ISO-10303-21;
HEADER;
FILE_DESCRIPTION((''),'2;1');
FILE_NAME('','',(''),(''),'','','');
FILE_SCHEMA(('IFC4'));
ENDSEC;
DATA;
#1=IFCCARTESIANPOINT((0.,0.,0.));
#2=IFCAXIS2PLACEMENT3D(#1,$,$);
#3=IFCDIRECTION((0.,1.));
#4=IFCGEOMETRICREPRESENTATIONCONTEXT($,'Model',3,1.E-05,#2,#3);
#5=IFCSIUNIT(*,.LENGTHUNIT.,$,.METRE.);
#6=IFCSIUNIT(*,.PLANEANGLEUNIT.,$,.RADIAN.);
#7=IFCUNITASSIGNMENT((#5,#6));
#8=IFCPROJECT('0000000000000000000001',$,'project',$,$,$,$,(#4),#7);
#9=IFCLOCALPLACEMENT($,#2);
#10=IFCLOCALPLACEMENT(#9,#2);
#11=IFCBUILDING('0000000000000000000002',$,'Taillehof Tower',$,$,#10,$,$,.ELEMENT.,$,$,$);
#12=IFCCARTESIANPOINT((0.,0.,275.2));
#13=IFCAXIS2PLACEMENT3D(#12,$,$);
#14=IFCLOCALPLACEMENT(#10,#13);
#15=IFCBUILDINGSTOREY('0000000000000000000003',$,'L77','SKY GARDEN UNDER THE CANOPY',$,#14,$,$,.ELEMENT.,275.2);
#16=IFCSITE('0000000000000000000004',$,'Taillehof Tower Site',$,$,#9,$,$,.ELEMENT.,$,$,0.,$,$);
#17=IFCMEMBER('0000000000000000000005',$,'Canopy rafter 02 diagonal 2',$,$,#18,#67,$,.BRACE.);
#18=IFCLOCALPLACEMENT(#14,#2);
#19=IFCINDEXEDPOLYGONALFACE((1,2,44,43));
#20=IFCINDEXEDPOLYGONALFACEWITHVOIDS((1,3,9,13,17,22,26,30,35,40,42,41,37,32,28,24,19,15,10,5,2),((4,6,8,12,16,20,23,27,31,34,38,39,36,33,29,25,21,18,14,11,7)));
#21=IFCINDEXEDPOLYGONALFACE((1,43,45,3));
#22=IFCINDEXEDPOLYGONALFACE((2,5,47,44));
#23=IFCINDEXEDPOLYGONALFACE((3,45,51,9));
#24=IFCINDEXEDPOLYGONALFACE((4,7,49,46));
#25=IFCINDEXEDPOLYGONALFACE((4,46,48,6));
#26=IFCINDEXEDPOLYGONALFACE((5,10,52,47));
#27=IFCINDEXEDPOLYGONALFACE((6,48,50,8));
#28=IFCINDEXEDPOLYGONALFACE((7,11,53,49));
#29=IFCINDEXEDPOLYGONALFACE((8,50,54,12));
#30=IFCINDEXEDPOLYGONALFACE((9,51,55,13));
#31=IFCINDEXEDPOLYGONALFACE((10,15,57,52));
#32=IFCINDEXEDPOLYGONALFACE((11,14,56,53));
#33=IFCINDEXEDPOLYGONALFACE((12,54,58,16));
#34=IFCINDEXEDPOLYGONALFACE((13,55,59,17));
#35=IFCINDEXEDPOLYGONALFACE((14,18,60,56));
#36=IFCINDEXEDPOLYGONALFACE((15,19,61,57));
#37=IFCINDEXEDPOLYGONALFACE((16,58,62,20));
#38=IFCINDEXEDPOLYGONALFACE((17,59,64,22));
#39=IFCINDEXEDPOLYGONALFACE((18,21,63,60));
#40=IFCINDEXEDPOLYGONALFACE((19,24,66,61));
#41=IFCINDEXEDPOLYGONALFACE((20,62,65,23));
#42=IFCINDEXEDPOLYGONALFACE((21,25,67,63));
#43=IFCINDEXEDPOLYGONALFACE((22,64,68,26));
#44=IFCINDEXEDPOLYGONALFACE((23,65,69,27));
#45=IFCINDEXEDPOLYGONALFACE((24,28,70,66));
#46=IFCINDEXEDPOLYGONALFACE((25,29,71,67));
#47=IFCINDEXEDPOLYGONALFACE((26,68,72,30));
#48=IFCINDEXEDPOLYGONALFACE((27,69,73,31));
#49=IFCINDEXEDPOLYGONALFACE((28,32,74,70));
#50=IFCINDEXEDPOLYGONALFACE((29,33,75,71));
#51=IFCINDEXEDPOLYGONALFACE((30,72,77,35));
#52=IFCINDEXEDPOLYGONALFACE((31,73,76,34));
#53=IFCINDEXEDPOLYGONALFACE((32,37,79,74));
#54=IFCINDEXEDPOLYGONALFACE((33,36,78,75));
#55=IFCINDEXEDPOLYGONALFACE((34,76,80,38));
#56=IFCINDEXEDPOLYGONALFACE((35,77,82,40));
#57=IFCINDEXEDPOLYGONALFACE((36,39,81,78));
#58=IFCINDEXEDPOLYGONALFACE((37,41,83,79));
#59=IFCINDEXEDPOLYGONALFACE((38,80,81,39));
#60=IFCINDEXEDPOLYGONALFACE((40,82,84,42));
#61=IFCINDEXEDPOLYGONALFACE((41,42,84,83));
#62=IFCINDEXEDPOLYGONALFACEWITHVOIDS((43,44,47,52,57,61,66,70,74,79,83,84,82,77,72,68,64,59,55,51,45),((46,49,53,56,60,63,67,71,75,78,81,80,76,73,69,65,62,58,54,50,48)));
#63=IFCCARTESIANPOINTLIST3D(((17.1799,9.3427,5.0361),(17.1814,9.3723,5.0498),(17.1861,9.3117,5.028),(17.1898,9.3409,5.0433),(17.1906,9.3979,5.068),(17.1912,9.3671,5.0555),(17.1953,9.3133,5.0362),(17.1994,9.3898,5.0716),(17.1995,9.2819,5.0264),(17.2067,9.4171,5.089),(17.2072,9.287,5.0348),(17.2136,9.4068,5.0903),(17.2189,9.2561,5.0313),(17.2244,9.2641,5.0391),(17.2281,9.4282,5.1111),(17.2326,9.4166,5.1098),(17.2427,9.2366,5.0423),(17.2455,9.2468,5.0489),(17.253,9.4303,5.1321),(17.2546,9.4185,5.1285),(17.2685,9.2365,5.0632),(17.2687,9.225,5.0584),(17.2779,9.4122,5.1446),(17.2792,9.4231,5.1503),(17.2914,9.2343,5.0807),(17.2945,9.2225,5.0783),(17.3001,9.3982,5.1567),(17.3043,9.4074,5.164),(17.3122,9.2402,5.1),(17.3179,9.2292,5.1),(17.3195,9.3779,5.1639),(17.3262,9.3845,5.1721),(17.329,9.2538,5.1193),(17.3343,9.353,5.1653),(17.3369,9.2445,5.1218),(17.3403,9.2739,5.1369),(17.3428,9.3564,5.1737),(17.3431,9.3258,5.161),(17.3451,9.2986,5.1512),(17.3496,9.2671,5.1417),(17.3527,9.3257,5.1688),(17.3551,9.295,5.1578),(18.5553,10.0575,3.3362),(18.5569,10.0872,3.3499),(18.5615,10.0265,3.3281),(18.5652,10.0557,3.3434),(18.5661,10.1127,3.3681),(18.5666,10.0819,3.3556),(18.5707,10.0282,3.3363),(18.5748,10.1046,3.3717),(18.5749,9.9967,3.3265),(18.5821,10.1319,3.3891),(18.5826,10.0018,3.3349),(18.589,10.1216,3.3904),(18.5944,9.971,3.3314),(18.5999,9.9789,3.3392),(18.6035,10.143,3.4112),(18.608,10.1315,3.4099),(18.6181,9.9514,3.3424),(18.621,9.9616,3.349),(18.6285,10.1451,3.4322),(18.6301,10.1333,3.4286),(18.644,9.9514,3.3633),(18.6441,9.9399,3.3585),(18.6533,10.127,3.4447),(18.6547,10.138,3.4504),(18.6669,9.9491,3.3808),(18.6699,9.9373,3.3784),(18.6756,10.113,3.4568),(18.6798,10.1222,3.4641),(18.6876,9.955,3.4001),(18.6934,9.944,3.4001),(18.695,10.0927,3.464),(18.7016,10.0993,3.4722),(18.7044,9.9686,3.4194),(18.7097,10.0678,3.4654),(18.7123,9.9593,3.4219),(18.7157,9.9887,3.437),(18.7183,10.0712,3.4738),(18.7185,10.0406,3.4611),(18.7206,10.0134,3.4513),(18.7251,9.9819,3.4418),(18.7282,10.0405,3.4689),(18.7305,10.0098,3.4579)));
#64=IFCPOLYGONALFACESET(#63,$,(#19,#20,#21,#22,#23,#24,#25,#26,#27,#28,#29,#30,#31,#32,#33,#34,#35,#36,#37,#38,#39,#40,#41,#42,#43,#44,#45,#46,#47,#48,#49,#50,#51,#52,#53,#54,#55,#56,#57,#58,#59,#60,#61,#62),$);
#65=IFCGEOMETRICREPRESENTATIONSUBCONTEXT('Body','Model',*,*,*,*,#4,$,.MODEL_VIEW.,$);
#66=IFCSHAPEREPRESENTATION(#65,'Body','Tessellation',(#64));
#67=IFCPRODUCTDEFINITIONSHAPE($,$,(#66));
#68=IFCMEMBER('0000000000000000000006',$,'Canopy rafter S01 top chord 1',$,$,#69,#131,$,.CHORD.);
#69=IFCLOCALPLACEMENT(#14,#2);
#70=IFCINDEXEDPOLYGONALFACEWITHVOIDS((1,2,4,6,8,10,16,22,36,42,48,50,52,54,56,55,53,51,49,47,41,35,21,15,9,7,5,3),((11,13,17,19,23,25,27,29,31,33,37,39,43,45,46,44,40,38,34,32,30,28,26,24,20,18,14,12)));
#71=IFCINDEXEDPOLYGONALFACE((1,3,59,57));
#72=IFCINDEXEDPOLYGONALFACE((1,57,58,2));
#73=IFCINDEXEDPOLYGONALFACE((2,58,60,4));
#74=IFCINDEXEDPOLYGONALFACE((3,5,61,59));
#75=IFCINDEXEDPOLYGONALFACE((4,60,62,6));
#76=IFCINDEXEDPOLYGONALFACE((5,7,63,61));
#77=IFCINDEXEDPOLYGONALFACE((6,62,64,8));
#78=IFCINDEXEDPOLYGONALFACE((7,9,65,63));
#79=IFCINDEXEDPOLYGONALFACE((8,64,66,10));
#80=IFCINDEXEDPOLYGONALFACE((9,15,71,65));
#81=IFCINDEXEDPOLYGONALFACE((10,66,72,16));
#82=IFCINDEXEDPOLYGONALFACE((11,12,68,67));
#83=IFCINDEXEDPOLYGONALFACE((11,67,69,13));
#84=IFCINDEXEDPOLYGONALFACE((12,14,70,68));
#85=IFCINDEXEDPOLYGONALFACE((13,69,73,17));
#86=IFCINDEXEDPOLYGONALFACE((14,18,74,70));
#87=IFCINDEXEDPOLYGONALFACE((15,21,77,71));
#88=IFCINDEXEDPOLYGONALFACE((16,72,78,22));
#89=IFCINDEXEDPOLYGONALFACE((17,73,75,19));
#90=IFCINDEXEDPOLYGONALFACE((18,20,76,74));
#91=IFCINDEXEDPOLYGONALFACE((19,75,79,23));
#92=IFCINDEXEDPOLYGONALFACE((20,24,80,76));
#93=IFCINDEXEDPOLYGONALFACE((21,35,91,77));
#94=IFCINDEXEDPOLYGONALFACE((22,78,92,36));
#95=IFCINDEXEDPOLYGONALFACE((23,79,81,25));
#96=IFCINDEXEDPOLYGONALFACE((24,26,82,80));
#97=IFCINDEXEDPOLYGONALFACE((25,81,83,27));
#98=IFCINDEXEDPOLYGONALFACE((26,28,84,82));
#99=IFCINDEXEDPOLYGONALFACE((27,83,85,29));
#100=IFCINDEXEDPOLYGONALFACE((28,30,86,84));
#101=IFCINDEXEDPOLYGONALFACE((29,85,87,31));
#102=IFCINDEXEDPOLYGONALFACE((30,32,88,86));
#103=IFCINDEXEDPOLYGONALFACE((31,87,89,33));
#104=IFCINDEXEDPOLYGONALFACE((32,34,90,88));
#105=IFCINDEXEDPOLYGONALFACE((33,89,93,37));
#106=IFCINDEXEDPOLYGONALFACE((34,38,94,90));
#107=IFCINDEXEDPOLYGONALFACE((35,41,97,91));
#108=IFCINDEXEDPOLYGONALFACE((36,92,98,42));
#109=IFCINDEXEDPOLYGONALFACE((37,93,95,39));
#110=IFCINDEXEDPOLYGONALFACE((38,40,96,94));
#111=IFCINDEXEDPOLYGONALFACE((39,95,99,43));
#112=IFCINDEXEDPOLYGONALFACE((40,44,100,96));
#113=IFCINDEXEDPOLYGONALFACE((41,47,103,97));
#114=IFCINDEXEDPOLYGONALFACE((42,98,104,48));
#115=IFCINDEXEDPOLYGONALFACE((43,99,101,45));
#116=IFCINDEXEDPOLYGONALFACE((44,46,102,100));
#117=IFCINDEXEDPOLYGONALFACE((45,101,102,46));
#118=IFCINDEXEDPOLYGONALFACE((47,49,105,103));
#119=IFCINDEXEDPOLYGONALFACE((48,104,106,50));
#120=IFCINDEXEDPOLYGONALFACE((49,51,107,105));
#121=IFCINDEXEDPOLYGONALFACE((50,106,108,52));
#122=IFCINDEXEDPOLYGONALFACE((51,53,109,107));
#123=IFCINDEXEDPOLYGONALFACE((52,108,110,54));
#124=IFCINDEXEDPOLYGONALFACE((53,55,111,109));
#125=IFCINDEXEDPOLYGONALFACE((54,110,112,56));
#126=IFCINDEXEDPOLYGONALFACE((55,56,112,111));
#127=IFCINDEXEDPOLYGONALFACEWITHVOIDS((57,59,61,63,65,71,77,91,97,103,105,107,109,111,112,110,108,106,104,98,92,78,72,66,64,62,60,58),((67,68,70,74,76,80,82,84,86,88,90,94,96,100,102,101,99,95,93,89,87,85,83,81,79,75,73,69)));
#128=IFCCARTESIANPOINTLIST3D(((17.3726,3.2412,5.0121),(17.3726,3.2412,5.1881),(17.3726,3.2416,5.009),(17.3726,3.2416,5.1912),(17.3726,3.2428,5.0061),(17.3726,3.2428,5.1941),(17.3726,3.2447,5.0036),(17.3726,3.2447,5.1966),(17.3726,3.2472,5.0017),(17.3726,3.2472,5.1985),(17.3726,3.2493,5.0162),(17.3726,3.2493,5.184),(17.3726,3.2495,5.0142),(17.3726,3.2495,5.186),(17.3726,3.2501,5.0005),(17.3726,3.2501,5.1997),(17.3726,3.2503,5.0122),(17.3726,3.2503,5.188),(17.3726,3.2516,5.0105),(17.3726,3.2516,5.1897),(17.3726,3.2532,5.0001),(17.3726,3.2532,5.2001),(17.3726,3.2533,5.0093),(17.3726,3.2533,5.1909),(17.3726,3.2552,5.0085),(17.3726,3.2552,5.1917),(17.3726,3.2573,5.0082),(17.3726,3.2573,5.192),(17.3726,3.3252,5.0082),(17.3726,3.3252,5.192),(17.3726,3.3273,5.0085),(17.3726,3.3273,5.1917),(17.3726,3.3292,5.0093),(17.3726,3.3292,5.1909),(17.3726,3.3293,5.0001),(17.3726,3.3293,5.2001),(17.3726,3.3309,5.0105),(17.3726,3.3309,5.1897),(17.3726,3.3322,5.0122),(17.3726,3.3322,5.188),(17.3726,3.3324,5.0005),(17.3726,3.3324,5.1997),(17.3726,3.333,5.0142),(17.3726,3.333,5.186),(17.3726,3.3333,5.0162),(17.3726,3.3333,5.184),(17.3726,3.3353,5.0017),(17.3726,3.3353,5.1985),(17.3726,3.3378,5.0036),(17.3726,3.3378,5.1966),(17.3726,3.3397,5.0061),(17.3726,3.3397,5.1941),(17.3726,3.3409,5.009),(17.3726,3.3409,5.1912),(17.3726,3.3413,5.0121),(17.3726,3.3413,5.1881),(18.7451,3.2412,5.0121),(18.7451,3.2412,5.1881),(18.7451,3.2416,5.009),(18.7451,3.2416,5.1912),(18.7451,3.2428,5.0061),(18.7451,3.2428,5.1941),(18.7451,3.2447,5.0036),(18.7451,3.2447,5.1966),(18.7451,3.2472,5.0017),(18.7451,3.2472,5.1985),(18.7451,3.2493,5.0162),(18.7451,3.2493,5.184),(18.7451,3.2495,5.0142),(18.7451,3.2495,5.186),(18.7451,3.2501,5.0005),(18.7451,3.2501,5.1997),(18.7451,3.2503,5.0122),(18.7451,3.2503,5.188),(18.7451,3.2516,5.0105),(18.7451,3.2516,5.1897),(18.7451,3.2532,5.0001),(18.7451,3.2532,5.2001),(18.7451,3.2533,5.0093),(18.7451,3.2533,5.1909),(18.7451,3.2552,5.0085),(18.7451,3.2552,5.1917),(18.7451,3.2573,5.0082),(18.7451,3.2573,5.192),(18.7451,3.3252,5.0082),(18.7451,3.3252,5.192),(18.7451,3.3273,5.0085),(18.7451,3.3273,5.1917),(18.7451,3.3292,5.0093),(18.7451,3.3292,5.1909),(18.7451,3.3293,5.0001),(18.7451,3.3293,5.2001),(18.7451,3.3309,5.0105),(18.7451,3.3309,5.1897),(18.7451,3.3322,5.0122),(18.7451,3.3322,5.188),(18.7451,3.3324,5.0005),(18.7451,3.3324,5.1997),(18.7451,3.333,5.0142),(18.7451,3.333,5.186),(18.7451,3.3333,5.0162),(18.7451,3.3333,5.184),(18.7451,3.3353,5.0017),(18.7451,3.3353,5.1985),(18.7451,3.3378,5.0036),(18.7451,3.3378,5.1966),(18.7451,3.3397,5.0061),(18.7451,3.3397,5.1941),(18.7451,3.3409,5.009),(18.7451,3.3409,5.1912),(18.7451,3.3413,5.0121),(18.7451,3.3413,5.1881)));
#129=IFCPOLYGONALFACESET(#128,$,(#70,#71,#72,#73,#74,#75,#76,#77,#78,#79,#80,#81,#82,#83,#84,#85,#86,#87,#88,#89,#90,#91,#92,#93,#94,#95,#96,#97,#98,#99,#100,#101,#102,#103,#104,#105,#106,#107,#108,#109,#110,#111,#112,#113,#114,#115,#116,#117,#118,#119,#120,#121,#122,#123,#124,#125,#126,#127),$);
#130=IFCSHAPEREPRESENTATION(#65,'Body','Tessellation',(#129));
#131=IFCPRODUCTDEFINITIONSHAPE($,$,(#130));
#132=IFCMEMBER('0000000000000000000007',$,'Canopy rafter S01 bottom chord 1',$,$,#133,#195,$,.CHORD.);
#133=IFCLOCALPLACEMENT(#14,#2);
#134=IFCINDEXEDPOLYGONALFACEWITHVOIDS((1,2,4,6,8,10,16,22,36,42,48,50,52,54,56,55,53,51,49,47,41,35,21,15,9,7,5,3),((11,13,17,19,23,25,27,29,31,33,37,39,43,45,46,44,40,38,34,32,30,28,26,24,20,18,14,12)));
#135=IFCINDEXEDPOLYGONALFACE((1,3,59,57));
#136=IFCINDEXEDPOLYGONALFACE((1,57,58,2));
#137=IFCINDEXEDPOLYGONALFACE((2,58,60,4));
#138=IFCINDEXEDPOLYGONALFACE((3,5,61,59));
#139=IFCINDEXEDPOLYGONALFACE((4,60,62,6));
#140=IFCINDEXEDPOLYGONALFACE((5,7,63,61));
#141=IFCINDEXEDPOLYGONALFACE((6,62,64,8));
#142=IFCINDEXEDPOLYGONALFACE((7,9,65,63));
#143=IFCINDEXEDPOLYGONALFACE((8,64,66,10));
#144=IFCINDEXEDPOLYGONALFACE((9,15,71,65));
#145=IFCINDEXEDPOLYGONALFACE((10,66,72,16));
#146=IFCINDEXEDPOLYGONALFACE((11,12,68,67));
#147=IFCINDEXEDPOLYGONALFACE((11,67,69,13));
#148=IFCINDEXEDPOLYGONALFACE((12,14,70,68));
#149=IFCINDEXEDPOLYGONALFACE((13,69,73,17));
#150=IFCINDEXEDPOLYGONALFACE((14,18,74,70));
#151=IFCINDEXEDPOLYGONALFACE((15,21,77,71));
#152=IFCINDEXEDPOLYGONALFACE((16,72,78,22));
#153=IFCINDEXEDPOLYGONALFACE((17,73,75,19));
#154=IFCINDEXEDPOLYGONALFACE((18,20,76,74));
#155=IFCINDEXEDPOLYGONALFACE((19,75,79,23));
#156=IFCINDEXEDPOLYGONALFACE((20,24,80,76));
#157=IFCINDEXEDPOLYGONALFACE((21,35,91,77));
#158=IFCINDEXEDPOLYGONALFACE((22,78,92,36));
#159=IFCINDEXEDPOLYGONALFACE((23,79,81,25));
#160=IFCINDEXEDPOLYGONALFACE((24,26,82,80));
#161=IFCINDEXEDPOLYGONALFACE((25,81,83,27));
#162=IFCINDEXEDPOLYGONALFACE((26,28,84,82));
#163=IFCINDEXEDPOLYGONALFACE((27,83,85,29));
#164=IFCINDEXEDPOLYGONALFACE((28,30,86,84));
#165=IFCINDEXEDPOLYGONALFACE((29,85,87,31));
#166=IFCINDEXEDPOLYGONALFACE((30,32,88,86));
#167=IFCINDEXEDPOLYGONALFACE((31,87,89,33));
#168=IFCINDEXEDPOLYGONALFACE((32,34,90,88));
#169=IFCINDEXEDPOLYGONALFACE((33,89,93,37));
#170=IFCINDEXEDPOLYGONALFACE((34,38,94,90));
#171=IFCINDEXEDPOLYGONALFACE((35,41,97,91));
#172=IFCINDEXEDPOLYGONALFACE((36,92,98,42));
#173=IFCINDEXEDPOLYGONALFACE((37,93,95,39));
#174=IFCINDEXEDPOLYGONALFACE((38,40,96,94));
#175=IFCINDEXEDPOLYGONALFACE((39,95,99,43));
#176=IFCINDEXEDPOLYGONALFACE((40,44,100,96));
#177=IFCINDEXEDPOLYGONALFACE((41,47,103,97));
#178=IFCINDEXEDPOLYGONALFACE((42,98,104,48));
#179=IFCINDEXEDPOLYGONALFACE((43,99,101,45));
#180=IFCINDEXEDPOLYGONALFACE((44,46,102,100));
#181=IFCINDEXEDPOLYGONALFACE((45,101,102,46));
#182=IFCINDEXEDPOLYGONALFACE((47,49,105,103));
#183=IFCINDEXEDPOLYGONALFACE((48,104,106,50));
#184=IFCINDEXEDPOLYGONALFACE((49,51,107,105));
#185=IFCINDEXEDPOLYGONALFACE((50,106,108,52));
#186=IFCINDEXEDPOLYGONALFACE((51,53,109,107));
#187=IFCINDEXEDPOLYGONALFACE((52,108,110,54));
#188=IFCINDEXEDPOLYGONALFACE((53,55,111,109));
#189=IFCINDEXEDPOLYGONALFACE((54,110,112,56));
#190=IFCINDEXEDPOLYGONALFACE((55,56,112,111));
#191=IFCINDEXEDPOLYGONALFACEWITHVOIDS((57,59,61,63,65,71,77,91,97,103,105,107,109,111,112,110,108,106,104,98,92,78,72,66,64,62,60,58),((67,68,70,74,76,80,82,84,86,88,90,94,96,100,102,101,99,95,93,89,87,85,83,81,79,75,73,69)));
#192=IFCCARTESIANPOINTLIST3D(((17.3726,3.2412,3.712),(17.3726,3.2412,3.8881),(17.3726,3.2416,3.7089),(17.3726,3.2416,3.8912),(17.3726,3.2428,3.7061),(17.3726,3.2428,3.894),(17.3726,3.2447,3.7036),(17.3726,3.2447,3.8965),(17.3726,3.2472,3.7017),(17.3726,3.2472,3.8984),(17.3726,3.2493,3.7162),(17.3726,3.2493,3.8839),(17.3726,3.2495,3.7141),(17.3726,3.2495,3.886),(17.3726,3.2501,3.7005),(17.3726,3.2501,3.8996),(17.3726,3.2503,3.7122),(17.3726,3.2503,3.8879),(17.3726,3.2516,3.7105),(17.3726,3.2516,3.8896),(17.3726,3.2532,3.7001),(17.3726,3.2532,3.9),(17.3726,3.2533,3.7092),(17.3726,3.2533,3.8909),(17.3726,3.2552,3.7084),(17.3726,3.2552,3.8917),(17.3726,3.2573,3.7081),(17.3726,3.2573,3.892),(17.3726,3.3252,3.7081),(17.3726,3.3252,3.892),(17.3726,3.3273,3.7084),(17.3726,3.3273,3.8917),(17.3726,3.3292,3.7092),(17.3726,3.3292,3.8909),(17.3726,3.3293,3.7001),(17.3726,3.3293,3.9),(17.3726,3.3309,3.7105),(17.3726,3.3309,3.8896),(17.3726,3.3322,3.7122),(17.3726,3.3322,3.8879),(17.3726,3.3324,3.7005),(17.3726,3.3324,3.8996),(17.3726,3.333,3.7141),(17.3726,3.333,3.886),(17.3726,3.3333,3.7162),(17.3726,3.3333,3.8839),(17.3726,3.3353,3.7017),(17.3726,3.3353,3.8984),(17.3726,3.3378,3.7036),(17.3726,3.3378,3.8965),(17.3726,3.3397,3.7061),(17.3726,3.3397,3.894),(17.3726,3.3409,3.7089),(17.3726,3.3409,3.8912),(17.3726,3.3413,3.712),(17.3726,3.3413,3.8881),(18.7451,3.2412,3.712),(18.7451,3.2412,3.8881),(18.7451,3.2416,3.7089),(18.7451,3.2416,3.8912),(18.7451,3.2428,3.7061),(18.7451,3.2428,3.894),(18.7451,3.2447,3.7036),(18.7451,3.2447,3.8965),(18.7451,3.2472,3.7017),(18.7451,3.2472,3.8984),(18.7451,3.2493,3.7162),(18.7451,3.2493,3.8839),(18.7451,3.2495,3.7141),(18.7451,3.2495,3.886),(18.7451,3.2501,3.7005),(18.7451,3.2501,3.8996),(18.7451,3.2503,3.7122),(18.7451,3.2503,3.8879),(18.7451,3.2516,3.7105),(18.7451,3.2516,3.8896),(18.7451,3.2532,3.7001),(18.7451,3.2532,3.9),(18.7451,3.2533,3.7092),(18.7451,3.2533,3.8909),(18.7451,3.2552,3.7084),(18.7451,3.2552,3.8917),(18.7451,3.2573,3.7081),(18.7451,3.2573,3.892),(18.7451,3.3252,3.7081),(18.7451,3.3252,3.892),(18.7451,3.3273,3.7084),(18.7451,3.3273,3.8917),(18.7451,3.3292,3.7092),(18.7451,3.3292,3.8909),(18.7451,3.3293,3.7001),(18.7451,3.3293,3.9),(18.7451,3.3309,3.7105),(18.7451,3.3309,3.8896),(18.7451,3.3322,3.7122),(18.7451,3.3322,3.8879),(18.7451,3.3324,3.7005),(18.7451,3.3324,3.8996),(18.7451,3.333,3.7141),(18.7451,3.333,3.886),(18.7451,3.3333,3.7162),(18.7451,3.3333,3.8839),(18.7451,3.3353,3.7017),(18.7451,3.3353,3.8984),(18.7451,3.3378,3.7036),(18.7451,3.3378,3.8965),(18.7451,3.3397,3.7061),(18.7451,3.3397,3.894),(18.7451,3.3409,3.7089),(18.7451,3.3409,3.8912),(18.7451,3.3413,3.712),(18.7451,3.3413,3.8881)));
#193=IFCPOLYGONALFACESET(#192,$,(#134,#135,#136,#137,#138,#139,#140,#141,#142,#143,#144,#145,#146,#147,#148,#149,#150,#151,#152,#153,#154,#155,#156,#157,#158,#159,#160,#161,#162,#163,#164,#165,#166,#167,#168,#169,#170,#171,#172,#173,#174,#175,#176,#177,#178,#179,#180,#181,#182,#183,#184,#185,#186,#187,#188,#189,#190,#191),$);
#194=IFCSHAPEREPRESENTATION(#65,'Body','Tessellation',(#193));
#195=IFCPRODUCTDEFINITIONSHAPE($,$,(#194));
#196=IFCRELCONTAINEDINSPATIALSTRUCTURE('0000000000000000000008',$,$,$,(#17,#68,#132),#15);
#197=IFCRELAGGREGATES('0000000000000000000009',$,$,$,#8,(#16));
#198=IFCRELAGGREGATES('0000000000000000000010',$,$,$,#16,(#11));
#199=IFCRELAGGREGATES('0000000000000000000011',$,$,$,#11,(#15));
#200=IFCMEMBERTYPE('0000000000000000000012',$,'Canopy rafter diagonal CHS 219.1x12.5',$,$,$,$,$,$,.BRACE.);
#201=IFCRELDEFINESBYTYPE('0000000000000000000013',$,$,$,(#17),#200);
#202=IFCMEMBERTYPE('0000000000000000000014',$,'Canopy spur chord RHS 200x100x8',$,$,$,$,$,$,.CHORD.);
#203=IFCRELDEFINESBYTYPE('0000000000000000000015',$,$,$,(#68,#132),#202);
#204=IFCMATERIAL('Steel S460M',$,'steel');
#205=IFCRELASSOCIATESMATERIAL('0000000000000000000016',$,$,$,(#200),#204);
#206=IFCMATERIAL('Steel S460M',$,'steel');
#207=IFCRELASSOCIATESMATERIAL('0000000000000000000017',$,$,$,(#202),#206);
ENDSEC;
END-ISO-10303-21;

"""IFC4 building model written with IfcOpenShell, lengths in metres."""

from ifc_helpers import new_model, si_unit, direction, frame, origin, origin_2d, place, context, subcontext, project, spatial, hollow_rectangle, hollow_circle, extrude, material, material_profile, profile_set, type_object, element, save


model = new_model("IFC4")

# Units and contexts
model_context = context("Model", 3, precision=1e-05, world=origin(), true_north=direction((0.0, 1.0)))
body_context = subcontext(model_context, "Body", "Model", "MODEL_VIEW")
ifc_project = project(units=[si_unit("LENGTHUNIT", "METRE"), si_unit("PLANEANGLEUNIT", "RADIAN")], contexts=[model_context])

# Site, building, storey
site_placement = place(None, origin())
site = spatial("IfcSite", under=ifc_project, at=site_placement, Name="Taillehof Tower Site", CompositionType="ELEMENT", RefElevation=0.0)
building_placement = place(site_placement, origin())
building = spatial("IfcBuilding", under=site, at=building_placement, Name="Taillehof Tower", CompositionType="ELEMENT")
storey_placement = place(building_placement, frame((0.0, 0.0, 275.2)))
storey = spatial("IfcBuildingStorey", under=building, at=storey_placement, Name="L77", Description="SKY GARDEN UNDER THE CANOPY", CompositionType="ELEMENT", Elevation=275.2)

# Members
ifc_material_1 = material(Name="Steel S460M", Category="steel")
ifc_material_profile_1 = material_profile(ifc_material_1, hollow_circle(Radius=0.1096, WallThickness=0.0125, at=origin_2d()), Name="CHS 219.1x12.5")
ifc_profile_set_1 = profile_set([ifc_material_profile_1], Name="Steel S460M")
member_type_1 = type_object("IfcMemberType", Name="Canopy rafter diagonal CHS 219.1x12.5", PredefinedType="BRACE", material=ifc_profile_set_1)
member_1_placement = place(storey_placement, frame((18.6428, 10.0413, 3.4001), z_axis=(-0.59788, -0.310719, 0.738913), x_axis=(0.461144, -0.887325, 0.0)))
element("IfcMember", 1, at=member_1_placement, inside=storey, type_object=member_type_1, Name="Canopy rafter 02 diagonal 2", PredefinedType="BRACE", context=body_context, shape_type="SweptSolid", body=[
    extrude(hollow_circle(Radius=0.1096, WallThickness=0.0125, at=origin_2d()), origin(), (0.0, 0.0, 1.0), 2.3005),
])
ifc_material_2 = material(Name="Steel S460M", Category="steel")
ifc_material_profile_2 = material_profile(ifc_material_2, hollow_rectangle(XDim=0.1001, YDim=0.2, WallThickness=0.0081, InnerFilletRadius=0.0081, OuterFilletRadius=0.012, at=origin_2d()), Name="RHS 200x100x8")
ifc_profile_set_2 = profile_set([ifc_material_profile_2], Name="Steel S460M")
member_type_2 = type_object("IfcMemberType", Name="Canopy spur chord RHS 200x100x8", PredefinedType="CHORD", material=ifc_profile_set_2)
for number, where, z_axis, x_axis, name in (
    (2, (18.7451, 3.2913, 5.1001), (-1.0, 0.0, 0.0), (0.0, -1.0, 0.0), "Canopy rafter S01 top chord 1"),
    (3, (18.7451, 3.2913, 3.8), (-1.0, 0.0, 0.0), (0.0, -1.0, 0.0), "Canopy rafter S01 bottom chord 1"),
):
    element("IfcMember", number, at=place(storey_placement, frame(where, z_axis=z_axis, x_axis=x_axis)), inside=storey, type_object=member_type_2, Name=name, PredefinedType="CHORD", context=body_context, shape_type="SweptSolid", body=[
        extrude(hollow_rectangle(XDim=0.1001, YDim=0.2, WallThickness=0.0081, InnerFilletRadius=0.0081, OuterFilletRadius=0.012, at=origin_2d()), origin(), (0.0, 0.0, 1.0), 1.3726),
    ])

save(model, "model.ifc")
